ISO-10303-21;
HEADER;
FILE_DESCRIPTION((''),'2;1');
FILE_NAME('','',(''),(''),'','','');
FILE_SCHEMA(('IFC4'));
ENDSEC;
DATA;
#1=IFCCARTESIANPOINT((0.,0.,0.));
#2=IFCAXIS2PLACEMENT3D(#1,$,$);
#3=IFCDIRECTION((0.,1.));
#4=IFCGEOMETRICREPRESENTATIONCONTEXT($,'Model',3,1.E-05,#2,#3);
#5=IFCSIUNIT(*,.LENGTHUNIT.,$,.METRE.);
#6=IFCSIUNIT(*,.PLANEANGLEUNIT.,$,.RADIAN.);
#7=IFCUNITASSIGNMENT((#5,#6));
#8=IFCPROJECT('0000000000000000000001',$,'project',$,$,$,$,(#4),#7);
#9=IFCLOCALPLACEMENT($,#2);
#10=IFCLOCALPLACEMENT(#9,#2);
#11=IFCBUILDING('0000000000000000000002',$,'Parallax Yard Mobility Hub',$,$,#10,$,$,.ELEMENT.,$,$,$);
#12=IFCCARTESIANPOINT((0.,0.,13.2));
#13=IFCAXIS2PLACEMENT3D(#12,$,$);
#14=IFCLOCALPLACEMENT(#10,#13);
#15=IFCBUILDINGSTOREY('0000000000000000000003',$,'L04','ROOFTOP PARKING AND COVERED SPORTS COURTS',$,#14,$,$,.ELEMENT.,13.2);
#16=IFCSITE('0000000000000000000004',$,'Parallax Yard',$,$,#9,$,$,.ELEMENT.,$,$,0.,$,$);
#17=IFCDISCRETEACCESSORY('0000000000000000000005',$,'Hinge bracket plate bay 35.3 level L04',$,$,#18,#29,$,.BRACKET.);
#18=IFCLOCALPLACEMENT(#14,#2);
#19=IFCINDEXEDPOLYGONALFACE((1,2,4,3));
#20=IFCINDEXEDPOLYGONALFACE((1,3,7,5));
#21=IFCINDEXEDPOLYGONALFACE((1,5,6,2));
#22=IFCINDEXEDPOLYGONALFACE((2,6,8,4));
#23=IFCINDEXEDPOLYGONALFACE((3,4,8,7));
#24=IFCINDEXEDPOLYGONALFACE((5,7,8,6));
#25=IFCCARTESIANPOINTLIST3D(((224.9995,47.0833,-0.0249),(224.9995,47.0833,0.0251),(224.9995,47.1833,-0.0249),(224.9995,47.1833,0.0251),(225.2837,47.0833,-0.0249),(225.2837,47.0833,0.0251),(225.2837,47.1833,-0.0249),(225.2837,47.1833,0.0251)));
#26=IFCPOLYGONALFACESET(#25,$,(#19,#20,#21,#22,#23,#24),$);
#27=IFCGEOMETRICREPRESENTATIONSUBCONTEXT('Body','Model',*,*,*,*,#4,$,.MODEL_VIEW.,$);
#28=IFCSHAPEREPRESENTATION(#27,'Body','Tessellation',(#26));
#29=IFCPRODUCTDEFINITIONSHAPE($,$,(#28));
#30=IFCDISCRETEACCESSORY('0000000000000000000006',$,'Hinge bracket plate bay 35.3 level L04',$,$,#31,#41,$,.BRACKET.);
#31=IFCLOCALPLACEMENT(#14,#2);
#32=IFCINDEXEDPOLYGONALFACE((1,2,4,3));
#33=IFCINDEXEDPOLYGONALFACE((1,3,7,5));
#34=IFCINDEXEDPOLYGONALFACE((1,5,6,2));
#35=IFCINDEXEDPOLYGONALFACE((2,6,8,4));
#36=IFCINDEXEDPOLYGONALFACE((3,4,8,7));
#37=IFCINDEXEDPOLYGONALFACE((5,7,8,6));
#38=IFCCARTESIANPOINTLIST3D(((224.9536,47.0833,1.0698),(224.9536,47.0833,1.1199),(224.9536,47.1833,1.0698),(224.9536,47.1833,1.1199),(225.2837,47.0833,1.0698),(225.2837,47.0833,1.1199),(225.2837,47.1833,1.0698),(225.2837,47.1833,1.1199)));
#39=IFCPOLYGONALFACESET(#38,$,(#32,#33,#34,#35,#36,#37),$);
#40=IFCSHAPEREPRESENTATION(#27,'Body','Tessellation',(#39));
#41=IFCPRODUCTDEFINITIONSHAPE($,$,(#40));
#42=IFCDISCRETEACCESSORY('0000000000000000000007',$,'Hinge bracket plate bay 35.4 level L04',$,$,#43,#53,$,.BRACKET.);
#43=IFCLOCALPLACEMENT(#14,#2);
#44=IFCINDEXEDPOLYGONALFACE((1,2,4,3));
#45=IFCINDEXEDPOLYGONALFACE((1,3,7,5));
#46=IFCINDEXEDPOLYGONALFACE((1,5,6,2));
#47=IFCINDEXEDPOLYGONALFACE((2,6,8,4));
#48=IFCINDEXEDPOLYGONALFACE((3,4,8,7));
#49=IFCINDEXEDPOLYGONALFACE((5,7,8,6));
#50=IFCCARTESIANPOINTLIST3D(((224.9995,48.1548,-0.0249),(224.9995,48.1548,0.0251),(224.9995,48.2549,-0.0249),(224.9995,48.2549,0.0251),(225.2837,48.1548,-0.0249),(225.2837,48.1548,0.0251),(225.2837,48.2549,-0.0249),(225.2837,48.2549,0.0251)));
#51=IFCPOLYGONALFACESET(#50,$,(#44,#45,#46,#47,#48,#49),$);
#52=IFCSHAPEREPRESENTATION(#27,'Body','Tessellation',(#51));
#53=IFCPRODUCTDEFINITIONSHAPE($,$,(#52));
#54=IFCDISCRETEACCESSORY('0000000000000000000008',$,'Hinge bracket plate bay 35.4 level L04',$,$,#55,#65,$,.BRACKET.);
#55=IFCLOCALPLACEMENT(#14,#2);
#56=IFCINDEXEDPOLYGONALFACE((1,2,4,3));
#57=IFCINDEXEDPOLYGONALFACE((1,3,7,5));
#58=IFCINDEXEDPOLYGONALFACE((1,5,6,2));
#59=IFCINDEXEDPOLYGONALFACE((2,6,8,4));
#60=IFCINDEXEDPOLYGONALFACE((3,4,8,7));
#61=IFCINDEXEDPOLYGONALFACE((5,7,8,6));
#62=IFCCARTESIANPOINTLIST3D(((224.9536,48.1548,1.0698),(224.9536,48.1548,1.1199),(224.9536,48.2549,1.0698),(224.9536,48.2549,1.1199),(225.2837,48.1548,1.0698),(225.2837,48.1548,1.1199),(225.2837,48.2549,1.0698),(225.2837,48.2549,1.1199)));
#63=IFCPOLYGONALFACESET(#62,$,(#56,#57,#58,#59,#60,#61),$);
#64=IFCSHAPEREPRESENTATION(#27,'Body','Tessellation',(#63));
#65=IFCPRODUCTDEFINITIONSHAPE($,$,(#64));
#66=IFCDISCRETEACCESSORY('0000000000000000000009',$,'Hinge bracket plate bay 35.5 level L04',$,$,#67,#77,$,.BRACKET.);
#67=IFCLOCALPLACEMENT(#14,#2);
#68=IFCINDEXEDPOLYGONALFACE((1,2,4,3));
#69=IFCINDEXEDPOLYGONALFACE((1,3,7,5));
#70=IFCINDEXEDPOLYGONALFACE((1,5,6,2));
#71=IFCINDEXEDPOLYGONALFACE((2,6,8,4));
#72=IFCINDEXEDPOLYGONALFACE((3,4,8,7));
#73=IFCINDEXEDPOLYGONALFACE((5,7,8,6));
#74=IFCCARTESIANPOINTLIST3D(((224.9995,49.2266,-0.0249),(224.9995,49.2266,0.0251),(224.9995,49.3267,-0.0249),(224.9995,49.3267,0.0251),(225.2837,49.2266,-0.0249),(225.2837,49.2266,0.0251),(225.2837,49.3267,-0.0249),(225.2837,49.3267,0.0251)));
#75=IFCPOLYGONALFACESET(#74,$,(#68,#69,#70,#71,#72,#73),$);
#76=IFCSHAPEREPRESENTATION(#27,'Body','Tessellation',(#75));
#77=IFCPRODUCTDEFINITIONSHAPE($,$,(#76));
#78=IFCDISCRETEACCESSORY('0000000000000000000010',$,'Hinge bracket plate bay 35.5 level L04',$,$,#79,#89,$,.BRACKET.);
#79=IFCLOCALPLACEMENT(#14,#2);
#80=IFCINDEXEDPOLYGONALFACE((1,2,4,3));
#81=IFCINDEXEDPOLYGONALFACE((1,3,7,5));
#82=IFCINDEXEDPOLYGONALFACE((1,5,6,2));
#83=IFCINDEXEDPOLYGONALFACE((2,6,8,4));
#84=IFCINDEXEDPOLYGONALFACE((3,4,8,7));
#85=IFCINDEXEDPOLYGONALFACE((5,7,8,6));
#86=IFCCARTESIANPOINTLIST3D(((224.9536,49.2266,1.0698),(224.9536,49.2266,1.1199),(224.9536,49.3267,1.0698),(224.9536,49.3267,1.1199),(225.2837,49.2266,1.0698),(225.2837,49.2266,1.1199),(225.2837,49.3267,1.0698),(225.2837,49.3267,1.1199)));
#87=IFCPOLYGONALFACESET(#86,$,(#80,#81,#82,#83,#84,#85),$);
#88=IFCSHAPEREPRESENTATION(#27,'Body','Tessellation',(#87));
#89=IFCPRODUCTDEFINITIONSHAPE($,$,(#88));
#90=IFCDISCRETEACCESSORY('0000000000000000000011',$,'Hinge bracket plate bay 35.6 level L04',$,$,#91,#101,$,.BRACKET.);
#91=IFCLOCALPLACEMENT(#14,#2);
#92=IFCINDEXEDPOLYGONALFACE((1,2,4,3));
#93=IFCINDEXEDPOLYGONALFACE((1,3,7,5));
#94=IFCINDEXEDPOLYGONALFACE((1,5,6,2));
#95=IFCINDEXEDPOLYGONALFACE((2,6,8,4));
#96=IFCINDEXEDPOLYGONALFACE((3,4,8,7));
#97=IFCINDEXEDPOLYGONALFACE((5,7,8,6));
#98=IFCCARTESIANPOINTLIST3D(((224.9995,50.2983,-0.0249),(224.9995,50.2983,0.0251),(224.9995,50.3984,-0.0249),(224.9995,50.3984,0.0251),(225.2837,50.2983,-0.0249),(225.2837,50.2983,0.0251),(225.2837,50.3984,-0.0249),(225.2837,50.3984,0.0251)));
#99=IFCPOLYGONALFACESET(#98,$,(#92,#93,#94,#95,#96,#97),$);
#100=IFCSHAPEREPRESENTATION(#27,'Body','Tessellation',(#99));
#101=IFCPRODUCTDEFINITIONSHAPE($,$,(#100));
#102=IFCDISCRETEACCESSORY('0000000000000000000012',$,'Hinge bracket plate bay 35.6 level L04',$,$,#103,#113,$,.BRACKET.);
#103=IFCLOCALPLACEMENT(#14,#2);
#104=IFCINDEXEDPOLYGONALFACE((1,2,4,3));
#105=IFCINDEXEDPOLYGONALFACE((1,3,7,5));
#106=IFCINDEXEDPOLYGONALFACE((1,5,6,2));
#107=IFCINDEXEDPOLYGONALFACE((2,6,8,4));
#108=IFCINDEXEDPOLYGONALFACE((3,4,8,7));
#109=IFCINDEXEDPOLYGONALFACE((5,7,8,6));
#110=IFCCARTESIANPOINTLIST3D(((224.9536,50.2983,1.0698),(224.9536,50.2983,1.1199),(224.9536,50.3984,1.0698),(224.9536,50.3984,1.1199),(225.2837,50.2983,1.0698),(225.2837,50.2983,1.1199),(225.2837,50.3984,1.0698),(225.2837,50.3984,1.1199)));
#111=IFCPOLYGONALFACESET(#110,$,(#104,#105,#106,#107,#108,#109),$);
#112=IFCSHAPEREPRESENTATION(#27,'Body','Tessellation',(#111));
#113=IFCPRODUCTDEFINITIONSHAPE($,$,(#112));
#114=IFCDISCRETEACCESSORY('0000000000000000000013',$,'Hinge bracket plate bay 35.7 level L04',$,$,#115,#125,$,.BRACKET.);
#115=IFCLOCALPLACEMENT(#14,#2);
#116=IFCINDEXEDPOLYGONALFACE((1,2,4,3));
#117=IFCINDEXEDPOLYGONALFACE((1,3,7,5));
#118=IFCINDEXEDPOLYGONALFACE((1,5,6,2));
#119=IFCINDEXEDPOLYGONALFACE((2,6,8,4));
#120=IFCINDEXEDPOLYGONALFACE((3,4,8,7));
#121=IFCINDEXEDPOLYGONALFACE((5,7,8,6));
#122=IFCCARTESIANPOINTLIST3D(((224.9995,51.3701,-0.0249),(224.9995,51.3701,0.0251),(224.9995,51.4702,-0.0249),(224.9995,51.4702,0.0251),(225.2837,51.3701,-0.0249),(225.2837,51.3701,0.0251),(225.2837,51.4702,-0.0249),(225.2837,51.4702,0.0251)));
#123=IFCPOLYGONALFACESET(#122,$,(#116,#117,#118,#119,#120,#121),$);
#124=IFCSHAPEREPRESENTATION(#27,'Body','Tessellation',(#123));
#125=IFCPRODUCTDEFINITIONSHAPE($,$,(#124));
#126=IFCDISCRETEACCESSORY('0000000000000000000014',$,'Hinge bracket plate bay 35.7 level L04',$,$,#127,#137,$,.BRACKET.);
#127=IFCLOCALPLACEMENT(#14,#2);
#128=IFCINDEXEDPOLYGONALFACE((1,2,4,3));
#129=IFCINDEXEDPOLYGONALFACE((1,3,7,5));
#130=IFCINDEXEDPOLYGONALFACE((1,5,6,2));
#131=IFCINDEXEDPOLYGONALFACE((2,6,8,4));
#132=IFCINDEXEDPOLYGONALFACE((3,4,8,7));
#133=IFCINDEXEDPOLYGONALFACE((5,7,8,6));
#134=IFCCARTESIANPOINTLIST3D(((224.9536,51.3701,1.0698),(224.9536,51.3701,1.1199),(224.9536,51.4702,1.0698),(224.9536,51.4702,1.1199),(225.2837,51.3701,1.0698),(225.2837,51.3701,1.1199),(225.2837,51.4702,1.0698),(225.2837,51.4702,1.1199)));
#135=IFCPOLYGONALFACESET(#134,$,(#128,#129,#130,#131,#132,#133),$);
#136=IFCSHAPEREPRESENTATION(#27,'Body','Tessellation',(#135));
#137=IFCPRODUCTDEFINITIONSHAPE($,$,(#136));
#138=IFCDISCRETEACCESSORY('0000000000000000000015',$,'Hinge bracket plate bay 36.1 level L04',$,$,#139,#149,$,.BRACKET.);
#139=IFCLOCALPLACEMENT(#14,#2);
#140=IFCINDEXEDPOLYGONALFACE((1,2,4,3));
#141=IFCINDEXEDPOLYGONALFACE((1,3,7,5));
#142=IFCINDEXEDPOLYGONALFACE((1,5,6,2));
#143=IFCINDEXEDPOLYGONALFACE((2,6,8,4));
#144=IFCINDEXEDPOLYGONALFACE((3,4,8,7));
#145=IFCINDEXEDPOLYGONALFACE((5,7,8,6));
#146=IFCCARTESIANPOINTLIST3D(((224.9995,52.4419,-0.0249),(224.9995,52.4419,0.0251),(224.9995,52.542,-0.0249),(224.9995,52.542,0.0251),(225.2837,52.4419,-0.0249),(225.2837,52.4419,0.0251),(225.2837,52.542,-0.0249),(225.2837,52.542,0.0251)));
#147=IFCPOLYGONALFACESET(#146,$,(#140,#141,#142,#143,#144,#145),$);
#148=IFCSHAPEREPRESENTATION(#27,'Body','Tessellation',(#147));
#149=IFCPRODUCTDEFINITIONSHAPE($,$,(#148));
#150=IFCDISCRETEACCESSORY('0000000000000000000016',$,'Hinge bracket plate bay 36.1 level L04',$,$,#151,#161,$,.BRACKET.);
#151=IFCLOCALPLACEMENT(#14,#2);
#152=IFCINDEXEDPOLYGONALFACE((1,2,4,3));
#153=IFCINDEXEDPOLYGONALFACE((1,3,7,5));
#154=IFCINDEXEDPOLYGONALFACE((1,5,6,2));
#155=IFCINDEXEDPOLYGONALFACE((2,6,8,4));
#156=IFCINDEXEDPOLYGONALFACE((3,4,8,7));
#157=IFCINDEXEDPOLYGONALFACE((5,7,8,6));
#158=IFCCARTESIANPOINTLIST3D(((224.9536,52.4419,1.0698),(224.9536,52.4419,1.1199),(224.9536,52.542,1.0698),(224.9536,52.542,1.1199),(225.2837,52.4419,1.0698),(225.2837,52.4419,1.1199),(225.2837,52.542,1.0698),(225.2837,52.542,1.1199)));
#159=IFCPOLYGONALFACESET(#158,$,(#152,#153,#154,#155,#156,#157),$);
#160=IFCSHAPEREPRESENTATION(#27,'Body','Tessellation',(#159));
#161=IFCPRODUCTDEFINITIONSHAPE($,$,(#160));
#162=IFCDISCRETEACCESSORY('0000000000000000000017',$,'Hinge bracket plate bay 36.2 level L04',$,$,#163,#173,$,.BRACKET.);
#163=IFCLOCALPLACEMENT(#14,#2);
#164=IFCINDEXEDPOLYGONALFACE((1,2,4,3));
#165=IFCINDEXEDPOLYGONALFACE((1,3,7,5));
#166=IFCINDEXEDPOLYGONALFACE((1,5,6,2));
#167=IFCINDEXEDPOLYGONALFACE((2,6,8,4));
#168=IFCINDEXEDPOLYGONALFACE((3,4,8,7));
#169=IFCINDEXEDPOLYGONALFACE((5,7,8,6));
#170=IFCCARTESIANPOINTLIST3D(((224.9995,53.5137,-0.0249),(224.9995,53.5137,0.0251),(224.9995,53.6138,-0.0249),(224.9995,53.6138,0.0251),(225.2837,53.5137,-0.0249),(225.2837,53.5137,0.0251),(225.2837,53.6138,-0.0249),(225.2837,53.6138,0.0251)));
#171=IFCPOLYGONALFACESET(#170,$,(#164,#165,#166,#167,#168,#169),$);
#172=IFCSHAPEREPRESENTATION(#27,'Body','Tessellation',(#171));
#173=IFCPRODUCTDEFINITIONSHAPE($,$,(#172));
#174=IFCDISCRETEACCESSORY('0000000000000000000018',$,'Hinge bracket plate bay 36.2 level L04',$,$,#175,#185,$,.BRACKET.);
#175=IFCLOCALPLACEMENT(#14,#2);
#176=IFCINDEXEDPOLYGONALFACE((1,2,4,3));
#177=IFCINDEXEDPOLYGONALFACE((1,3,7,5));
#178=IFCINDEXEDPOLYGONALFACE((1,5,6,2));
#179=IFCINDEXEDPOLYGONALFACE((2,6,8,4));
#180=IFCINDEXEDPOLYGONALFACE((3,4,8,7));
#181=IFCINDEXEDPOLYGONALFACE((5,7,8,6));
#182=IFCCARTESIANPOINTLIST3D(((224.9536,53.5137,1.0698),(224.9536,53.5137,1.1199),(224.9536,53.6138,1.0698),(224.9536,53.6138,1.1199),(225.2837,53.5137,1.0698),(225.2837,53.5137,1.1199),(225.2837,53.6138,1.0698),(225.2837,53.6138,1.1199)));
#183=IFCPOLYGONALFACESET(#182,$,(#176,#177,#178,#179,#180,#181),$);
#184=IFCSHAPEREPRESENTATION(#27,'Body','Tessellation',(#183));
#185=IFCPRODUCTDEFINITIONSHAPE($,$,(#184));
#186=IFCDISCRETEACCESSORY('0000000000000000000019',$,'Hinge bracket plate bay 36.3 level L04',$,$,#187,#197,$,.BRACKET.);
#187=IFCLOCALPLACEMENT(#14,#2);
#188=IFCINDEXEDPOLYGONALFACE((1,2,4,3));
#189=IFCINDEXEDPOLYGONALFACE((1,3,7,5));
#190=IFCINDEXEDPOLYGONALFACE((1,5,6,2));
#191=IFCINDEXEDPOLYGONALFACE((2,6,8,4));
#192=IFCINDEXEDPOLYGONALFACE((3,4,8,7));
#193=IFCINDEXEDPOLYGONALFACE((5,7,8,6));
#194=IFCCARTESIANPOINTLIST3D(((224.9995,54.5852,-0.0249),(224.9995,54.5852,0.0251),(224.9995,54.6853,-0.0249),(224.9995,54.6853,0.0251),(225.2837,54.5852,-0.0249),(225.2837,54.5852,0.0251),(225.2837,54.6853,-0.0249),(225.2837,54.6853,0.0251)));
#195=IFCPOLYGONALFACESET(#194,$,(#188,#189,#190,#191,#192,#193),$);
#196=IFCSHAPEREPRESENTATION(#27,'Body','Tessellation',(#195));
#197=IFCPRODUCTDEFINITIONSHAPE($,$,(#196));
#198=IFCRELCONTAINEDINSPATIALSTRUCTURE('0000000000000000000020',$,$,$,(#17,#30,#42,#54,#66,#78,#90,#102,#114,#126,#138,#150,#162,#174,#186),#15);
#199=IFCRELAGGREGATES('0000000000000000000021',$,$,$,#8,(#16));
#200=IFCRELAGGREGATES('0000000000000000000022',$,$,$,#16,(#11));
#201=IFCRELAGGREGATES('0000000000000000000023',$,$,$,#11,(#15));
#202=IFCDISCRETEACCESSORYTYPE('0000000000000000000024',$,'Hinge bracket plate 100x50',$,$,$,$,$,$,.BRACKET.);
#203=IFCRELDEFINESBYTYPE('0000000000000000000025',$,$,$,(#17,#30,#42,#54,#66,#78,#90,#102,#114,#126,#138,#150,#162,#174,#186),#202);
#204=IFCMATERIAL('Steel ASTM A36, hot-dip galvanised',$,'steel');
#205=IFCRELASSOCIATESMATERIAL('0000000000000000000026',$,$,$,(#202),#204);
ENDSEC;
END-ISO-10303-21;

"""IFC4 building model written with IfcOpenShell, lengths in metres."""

from ifc_helpers import new_model, si_unit, direction, frame, origin, origin_2d, place, context, subcontext, project, spatial, rectangle, extrude, material, type_object, element, save


model = new_model("IFC4")

# Units and contexts
model_context = context("Model", 3, precision=1e-05, world=origin(), true_north=direction((0.0, 1.0)))
body_context = subcontext(model_context, "Body", "Model", "MODEL_VIEW")
ifc_project = project(units=[si_unit("LENGTHUNIT", "METRE"), si_unit("PLANEANGLEUNIT", "RADIAN")], contexts=[model_context])

# Site, building, storey
site_placement = place(None, origin())
site = spatial("IfcSite", under=ifc_project, at=site_placement, Name="Parallax Yard", CompositionType="ELEMENT", RefElevation=0.0)
building_placement = place(site_placement, origin())
building = spatial("IfcBuilding", under=site, at=building_placement, Name="Parallax Yard Mobility Hub", CompositionType="ELEMENT")
storey_placement = place(building_placement, frame((0.0, 0.0, 13.2)))
storey = spatial("IfcBuildingStorey", under=building, at=storey_placement, Name="L04", Description="ROOFTOP PARKING AND COVERED SPORTS COURTS", CompositionType="ELEMENT", Elevation=13.2)

# Discrete accessories
ifc_material_1 = material(Name="Steel ASTM A36, hot-dip galvanised", Category="steel")
discrete_accessory_type_1 = type_object("IfcDiscreteAccessoryType", Name="Hinge bracket plate 100x50", PredefinedType="BRACKET", material=ifc_material_1)
discrete_accessory_1_placement = place(storey_placement, frame((225.1416, 47.1333, -0.0249), z_axis=(0.0, 0.0, 1.0), x_axis=(1.0, 0.0, 0.0)))
element("IfcDiscreteAccessory", 1, at=discrete_accessory_1_placement, inside=storey, type_object=discrete_accessory_type_1, Name="Hinge bracket plate bay 35.3 level L04", PredefinedType="BRACKET", context=body_context, shape_type="SweptSolid", body=[
    extrude(rectangle(XDim=0.2842, YDim=0.1001, at=origin_2d()), origin(), (0.0, 0.0, 1.0), 0.05),
])
discrete_accessory_2_placement = place(storey_placement, frame((225.1187, 47.1333, 1.0698), z_axis=(0.0, 0.0, 1.0), x_axis=(1.0, 0.0, 0.0)))
element("IfcDiscreteAccessory", 2, at=discrete_accessory_2_placement, inside=storey, type_object=discrete_accessory_type_1, Name="Hinge bracket plate bay 35.3 level L04", PredefinedType="BRACKET", context=body_context, shape_type="SweptSolid", body=[
    extrude(rectangle(XDim=0.3301, YDim=0.1001, at=origin_2d()), origin(), (0.0, 0.0, 1.0), 0.05),
])
discrete_accessory_3_placement = place(storey_placement, frame((225.1416, 48.2048, -0.0249), z_axis=(0.0, 0.0, 1.0), x_axis=(1.0, 0.0, 0.0)))
element("IfcDiscreteAccessory", 3, at=discrete_accessory_3_placement, inside=storey, type_object=discrete_accessory_type_1, Name="Hinge bracket plate bay 35.4 level L04", PredefinedType="BRACKET", context=body_context, shape_type="SweptSolid", body=[
    extrude(rectangle(XDim=0.2842, YDim=0.1001, at=origin_2d()), origin(), (0.0, 0.0, 1.0), 0.05),
])
discrete_accessory_4_placement = place(storey_placement, frame((225.1187, 48.2048, 1.0698), z_axis=(0.0, 0.0, 1.0), x_axis=(1.0, 0.0, 0.0)))
element("IfcDiscreteAccessory", 4, at=discrete_accessory_4_placement, inside=storey, type_object=discrete_accessory_type_1, Name="Hinge bracket plate bay 35.4 level L04", PredefinedType="BRACKET", context=body_context, shape_type="SweptSolid", body=[
    extrude(rectangle(XDim=0.3301, YDim=0.1001, at=origin_2d()), origin(), (0.0, 0.0, 1.0), 0.05),
])
discrete_accessory_5_placement = place(storey_placement, frame((225.1416, 49.2766, -0.0249), z_axis=(0.0, 0.0, 1.0), x_axis=(1.0, 0.0, 0.0)))
element("IfcDiscreteAccessory", 5, at=discrete_accessory_5_placement, inside=storey, type_object=discrete_accessory_type_1, Name="Hinge bracket plate bay 35.5 level L04", PredefinedType="BRACKET", context=body_context, shape_type="SweptSolid", body=[
    extrude(rectangle(XDim=0.2842, YDim=0.1001, at=origin_2d()), origin(), (0.0, 0.0, 1.0), 0.05),
])
discrete_accessory_6_placement = place(storey_placement, frame((225.1187, 49.2766, 1.0698), z_axis=(0.0, 0.0, 1.0), x_axis=(1.0, 0.0, 0.0)))
element("IfcDiscreteAccessory", 6, at=discrete_accessory_6_placement, inside=storey, type_object=discrete_accessory_type_1, Name="Hinge bracket plate bay 35.5 level L04", PredefinedType="BRACKET", context=body_context, shape_type="SweptSolid", body=[
    extrude(rectangle(XDim=0.3301, YDim=0.1001, at=origin_2d()), origin(), (0.0, 0.0, 1.0), 0.05),
])
discrete_accessory_7_placement = place(storey_placement, frame((225.1416, 50.3484, -0.0249), z_axis=(0.0, 0.0, 1.0), x_axis=(1.0, 0.0, 0.0)))
element("IfcDiscreteAccessory", 7, at=discrete_accessory_7_placement, inside=storey, type_object=discrete_accessory_type_1, Name="Hinge bracket plate bay 35.6 level L04", PredefinedType="BRACKET", context=body_context, shape_type="SweptSolid", body=[
    extrude(rectangle(XDim=0.2842, YDim=0.1001, at=origin_2d()), origin(), (0.0, 0.0, 1.0), 0.05),
])
discrete_accessory_8_placement = place(storey_placement, frame((225.1187, 50.3484, 1.0698), z_axis=(0.0, 0.0, 1.0), x_axis=(1.0, 0.0, 0.0)))
element("IfcDiscreteAccessory", 8, at=discrete_accessory_8_placement, inside=storey, type_object=discrete_accessory_type_1, Name="Hinge bracket plate bay 35.6 level L04", PredefinedType="BRACKET", context=body_context, shape_type="SweptSolid", body=[
    extrude(rectangle(XDim=0.3301, YDim=0.1001, at=origin_2d()), origin(), (0.0, 0.0, 1.0), 0.05),
])
discrete_accessory_9_placement = place(storey_placement, frame((225.1416, 51.4202, -0.0249), z_axis=(0.0, 0.0, 1.0), x_axis=(1.0, 0.0, 0.0)))
element("IfcDiscreteAccessory", 9, at=discrete_accessory_9_placement, inside=storey, type_object=discrete_accessory_type_1, Name="Hinge bracket plate bay 35.7 level L04", PredefinedType="BRACKET", context=body_context, shape_type="SweptSolid", body=[
    extrude(rectangle(XDim=0.2842, YDim=0.1001, at=origin_2d()), origin(), (0.0, 0.0, 1.0), 0.05),
])
discrete_accessory_10_placement = place(storey_placement, frame((225.1187, 51.4202, 1.0698), z_axis=(0.0, 0.0, 1.0), x_axis=(1.0, 0.0, 0.0)))
element("IfcDiscreteAccessory", 10, at=discrete_accessory_10_placement, inside=storey, type_object=discrete_accessory_type_1, Name="Hinge bracket plate bay 35.7 level L04", PredefinedType="BRACKET", context=body_context, shape_type="SweptSolid", body=[
    extrude(rectangle(XDim=0.3301, YDim=0.1001, at=origin_2d()), origin(), (0.0, 0.0, 1.0), 0.05),
])
discrete_accessory_11_placement = place(storey_placement, frame((225.1416, 52.4919, -0.0249), z_axis=(0.0, 0.0, 1.0), x_axis=(1.0, 0.0, 0.0)))
element("IfcDiscreteAccessory", 11, at=discrete_accessory_11_placement, inside=storey, type_object=discrete_accessory_type_1, Name="Hinge bracket plate bay 36.1 level L04", PredefinedType="BRACKET", context=body_context, shape_type="SweptSolid", body=[
    extrude(rectangle(XDim=0.2842, YDim=0.1001, at=origin_2d()), origin(), (0.0, 0.0, 1.0), 0.05),
])
discrete_accessory_12_placement = place(storey_placement, frame((225.1187, 52.4919, 1.0698), z_axis=(0.0, 0.0, 1.0), x_axis=(1.0, 0.0, 0.0)))
element("IfcDiscreteAccessory", 12, at=discrete_accessory_12_placement, inside=storey, type_object=discrete_accessory_type_1, Name="Hinge bracket plate bay 36.1 level L04", PredefinedType="BRACKET", context=body_context, shape_type="SweptSolid", body=[
    extrude(rectangle(XDim=0.3301, YDim=0.1001, at=origin_2d()), origin(), (0.0, 0.0, 1.0), 0.05),
])
discrete_accessory_13_placement = place(storey_placement, frame((225.1416, 53.5637, -0.0249), z_axis=(0.0, 0.0, 1.0), x_axis=(1.0, 0.0, 0.0)))
element("IfcDiscreteAccessory", 13, at=discrete_accessory_13_placement, inside=storey, type_object=discrete_accessory_type_1, Name="Hinge bracket plate bay 36.2 level L04", PredefinedType="BRACKET", context=body_context, shape_type="SweptSolid", body=[
    extrude(rectangle(XDim=0.2842, YDim=0.1001, at=origin_2d()), origin(), (0.0, 0.0, 1.0), 0.05),
])
discrete_accessory_14_placement = place(storey_placement, frame((225.1187, 53.5637, 1.0698), z_axis=(0.0, 0.0, 1.0), x_axis=(1.0, 0.0, 0.0)))
element("IfcDiscreteAccessory", 14, at=discrete_accessory_14_placement, inside=storey, type_object=discrete_accessory_type_1, Name="Hinge bracket plate bay 36.2 level L04", PredefinedType="BRACKET", context=body_context, shape_type="SweptSolid", body=[
    extrude(rectangle(XDim=0.3301, YDim=0.1001, at=origin_2d()), origin(), (0.0, 0.0, 1.0), 0.05),
])
discrete_accessory_15_placement = place(storey_placement, frame((225.1416, 54.6353, -0.0249), z_axis=(0.0, 0.0, 1.0), x_axis=(1.0, 0.0, 0.0)))
element("IfcDiscreteAccessory", 15, at=discrete_accessory_15_placement, inside=storey, type_object=discrete_accessory_type_1, Name="Hinge bracket plate bay 36.3 level L04", PredefinedType="BRACKET", context=body_context, shape_type="SweptSolid", body=[
    extrude(rectangle(XDim=0.2842, YDim=0.1001, at=origin_2d()), origin(), (0.0, 0.0, 1.0), 0.05),
])

save(model, "model.ifc")
